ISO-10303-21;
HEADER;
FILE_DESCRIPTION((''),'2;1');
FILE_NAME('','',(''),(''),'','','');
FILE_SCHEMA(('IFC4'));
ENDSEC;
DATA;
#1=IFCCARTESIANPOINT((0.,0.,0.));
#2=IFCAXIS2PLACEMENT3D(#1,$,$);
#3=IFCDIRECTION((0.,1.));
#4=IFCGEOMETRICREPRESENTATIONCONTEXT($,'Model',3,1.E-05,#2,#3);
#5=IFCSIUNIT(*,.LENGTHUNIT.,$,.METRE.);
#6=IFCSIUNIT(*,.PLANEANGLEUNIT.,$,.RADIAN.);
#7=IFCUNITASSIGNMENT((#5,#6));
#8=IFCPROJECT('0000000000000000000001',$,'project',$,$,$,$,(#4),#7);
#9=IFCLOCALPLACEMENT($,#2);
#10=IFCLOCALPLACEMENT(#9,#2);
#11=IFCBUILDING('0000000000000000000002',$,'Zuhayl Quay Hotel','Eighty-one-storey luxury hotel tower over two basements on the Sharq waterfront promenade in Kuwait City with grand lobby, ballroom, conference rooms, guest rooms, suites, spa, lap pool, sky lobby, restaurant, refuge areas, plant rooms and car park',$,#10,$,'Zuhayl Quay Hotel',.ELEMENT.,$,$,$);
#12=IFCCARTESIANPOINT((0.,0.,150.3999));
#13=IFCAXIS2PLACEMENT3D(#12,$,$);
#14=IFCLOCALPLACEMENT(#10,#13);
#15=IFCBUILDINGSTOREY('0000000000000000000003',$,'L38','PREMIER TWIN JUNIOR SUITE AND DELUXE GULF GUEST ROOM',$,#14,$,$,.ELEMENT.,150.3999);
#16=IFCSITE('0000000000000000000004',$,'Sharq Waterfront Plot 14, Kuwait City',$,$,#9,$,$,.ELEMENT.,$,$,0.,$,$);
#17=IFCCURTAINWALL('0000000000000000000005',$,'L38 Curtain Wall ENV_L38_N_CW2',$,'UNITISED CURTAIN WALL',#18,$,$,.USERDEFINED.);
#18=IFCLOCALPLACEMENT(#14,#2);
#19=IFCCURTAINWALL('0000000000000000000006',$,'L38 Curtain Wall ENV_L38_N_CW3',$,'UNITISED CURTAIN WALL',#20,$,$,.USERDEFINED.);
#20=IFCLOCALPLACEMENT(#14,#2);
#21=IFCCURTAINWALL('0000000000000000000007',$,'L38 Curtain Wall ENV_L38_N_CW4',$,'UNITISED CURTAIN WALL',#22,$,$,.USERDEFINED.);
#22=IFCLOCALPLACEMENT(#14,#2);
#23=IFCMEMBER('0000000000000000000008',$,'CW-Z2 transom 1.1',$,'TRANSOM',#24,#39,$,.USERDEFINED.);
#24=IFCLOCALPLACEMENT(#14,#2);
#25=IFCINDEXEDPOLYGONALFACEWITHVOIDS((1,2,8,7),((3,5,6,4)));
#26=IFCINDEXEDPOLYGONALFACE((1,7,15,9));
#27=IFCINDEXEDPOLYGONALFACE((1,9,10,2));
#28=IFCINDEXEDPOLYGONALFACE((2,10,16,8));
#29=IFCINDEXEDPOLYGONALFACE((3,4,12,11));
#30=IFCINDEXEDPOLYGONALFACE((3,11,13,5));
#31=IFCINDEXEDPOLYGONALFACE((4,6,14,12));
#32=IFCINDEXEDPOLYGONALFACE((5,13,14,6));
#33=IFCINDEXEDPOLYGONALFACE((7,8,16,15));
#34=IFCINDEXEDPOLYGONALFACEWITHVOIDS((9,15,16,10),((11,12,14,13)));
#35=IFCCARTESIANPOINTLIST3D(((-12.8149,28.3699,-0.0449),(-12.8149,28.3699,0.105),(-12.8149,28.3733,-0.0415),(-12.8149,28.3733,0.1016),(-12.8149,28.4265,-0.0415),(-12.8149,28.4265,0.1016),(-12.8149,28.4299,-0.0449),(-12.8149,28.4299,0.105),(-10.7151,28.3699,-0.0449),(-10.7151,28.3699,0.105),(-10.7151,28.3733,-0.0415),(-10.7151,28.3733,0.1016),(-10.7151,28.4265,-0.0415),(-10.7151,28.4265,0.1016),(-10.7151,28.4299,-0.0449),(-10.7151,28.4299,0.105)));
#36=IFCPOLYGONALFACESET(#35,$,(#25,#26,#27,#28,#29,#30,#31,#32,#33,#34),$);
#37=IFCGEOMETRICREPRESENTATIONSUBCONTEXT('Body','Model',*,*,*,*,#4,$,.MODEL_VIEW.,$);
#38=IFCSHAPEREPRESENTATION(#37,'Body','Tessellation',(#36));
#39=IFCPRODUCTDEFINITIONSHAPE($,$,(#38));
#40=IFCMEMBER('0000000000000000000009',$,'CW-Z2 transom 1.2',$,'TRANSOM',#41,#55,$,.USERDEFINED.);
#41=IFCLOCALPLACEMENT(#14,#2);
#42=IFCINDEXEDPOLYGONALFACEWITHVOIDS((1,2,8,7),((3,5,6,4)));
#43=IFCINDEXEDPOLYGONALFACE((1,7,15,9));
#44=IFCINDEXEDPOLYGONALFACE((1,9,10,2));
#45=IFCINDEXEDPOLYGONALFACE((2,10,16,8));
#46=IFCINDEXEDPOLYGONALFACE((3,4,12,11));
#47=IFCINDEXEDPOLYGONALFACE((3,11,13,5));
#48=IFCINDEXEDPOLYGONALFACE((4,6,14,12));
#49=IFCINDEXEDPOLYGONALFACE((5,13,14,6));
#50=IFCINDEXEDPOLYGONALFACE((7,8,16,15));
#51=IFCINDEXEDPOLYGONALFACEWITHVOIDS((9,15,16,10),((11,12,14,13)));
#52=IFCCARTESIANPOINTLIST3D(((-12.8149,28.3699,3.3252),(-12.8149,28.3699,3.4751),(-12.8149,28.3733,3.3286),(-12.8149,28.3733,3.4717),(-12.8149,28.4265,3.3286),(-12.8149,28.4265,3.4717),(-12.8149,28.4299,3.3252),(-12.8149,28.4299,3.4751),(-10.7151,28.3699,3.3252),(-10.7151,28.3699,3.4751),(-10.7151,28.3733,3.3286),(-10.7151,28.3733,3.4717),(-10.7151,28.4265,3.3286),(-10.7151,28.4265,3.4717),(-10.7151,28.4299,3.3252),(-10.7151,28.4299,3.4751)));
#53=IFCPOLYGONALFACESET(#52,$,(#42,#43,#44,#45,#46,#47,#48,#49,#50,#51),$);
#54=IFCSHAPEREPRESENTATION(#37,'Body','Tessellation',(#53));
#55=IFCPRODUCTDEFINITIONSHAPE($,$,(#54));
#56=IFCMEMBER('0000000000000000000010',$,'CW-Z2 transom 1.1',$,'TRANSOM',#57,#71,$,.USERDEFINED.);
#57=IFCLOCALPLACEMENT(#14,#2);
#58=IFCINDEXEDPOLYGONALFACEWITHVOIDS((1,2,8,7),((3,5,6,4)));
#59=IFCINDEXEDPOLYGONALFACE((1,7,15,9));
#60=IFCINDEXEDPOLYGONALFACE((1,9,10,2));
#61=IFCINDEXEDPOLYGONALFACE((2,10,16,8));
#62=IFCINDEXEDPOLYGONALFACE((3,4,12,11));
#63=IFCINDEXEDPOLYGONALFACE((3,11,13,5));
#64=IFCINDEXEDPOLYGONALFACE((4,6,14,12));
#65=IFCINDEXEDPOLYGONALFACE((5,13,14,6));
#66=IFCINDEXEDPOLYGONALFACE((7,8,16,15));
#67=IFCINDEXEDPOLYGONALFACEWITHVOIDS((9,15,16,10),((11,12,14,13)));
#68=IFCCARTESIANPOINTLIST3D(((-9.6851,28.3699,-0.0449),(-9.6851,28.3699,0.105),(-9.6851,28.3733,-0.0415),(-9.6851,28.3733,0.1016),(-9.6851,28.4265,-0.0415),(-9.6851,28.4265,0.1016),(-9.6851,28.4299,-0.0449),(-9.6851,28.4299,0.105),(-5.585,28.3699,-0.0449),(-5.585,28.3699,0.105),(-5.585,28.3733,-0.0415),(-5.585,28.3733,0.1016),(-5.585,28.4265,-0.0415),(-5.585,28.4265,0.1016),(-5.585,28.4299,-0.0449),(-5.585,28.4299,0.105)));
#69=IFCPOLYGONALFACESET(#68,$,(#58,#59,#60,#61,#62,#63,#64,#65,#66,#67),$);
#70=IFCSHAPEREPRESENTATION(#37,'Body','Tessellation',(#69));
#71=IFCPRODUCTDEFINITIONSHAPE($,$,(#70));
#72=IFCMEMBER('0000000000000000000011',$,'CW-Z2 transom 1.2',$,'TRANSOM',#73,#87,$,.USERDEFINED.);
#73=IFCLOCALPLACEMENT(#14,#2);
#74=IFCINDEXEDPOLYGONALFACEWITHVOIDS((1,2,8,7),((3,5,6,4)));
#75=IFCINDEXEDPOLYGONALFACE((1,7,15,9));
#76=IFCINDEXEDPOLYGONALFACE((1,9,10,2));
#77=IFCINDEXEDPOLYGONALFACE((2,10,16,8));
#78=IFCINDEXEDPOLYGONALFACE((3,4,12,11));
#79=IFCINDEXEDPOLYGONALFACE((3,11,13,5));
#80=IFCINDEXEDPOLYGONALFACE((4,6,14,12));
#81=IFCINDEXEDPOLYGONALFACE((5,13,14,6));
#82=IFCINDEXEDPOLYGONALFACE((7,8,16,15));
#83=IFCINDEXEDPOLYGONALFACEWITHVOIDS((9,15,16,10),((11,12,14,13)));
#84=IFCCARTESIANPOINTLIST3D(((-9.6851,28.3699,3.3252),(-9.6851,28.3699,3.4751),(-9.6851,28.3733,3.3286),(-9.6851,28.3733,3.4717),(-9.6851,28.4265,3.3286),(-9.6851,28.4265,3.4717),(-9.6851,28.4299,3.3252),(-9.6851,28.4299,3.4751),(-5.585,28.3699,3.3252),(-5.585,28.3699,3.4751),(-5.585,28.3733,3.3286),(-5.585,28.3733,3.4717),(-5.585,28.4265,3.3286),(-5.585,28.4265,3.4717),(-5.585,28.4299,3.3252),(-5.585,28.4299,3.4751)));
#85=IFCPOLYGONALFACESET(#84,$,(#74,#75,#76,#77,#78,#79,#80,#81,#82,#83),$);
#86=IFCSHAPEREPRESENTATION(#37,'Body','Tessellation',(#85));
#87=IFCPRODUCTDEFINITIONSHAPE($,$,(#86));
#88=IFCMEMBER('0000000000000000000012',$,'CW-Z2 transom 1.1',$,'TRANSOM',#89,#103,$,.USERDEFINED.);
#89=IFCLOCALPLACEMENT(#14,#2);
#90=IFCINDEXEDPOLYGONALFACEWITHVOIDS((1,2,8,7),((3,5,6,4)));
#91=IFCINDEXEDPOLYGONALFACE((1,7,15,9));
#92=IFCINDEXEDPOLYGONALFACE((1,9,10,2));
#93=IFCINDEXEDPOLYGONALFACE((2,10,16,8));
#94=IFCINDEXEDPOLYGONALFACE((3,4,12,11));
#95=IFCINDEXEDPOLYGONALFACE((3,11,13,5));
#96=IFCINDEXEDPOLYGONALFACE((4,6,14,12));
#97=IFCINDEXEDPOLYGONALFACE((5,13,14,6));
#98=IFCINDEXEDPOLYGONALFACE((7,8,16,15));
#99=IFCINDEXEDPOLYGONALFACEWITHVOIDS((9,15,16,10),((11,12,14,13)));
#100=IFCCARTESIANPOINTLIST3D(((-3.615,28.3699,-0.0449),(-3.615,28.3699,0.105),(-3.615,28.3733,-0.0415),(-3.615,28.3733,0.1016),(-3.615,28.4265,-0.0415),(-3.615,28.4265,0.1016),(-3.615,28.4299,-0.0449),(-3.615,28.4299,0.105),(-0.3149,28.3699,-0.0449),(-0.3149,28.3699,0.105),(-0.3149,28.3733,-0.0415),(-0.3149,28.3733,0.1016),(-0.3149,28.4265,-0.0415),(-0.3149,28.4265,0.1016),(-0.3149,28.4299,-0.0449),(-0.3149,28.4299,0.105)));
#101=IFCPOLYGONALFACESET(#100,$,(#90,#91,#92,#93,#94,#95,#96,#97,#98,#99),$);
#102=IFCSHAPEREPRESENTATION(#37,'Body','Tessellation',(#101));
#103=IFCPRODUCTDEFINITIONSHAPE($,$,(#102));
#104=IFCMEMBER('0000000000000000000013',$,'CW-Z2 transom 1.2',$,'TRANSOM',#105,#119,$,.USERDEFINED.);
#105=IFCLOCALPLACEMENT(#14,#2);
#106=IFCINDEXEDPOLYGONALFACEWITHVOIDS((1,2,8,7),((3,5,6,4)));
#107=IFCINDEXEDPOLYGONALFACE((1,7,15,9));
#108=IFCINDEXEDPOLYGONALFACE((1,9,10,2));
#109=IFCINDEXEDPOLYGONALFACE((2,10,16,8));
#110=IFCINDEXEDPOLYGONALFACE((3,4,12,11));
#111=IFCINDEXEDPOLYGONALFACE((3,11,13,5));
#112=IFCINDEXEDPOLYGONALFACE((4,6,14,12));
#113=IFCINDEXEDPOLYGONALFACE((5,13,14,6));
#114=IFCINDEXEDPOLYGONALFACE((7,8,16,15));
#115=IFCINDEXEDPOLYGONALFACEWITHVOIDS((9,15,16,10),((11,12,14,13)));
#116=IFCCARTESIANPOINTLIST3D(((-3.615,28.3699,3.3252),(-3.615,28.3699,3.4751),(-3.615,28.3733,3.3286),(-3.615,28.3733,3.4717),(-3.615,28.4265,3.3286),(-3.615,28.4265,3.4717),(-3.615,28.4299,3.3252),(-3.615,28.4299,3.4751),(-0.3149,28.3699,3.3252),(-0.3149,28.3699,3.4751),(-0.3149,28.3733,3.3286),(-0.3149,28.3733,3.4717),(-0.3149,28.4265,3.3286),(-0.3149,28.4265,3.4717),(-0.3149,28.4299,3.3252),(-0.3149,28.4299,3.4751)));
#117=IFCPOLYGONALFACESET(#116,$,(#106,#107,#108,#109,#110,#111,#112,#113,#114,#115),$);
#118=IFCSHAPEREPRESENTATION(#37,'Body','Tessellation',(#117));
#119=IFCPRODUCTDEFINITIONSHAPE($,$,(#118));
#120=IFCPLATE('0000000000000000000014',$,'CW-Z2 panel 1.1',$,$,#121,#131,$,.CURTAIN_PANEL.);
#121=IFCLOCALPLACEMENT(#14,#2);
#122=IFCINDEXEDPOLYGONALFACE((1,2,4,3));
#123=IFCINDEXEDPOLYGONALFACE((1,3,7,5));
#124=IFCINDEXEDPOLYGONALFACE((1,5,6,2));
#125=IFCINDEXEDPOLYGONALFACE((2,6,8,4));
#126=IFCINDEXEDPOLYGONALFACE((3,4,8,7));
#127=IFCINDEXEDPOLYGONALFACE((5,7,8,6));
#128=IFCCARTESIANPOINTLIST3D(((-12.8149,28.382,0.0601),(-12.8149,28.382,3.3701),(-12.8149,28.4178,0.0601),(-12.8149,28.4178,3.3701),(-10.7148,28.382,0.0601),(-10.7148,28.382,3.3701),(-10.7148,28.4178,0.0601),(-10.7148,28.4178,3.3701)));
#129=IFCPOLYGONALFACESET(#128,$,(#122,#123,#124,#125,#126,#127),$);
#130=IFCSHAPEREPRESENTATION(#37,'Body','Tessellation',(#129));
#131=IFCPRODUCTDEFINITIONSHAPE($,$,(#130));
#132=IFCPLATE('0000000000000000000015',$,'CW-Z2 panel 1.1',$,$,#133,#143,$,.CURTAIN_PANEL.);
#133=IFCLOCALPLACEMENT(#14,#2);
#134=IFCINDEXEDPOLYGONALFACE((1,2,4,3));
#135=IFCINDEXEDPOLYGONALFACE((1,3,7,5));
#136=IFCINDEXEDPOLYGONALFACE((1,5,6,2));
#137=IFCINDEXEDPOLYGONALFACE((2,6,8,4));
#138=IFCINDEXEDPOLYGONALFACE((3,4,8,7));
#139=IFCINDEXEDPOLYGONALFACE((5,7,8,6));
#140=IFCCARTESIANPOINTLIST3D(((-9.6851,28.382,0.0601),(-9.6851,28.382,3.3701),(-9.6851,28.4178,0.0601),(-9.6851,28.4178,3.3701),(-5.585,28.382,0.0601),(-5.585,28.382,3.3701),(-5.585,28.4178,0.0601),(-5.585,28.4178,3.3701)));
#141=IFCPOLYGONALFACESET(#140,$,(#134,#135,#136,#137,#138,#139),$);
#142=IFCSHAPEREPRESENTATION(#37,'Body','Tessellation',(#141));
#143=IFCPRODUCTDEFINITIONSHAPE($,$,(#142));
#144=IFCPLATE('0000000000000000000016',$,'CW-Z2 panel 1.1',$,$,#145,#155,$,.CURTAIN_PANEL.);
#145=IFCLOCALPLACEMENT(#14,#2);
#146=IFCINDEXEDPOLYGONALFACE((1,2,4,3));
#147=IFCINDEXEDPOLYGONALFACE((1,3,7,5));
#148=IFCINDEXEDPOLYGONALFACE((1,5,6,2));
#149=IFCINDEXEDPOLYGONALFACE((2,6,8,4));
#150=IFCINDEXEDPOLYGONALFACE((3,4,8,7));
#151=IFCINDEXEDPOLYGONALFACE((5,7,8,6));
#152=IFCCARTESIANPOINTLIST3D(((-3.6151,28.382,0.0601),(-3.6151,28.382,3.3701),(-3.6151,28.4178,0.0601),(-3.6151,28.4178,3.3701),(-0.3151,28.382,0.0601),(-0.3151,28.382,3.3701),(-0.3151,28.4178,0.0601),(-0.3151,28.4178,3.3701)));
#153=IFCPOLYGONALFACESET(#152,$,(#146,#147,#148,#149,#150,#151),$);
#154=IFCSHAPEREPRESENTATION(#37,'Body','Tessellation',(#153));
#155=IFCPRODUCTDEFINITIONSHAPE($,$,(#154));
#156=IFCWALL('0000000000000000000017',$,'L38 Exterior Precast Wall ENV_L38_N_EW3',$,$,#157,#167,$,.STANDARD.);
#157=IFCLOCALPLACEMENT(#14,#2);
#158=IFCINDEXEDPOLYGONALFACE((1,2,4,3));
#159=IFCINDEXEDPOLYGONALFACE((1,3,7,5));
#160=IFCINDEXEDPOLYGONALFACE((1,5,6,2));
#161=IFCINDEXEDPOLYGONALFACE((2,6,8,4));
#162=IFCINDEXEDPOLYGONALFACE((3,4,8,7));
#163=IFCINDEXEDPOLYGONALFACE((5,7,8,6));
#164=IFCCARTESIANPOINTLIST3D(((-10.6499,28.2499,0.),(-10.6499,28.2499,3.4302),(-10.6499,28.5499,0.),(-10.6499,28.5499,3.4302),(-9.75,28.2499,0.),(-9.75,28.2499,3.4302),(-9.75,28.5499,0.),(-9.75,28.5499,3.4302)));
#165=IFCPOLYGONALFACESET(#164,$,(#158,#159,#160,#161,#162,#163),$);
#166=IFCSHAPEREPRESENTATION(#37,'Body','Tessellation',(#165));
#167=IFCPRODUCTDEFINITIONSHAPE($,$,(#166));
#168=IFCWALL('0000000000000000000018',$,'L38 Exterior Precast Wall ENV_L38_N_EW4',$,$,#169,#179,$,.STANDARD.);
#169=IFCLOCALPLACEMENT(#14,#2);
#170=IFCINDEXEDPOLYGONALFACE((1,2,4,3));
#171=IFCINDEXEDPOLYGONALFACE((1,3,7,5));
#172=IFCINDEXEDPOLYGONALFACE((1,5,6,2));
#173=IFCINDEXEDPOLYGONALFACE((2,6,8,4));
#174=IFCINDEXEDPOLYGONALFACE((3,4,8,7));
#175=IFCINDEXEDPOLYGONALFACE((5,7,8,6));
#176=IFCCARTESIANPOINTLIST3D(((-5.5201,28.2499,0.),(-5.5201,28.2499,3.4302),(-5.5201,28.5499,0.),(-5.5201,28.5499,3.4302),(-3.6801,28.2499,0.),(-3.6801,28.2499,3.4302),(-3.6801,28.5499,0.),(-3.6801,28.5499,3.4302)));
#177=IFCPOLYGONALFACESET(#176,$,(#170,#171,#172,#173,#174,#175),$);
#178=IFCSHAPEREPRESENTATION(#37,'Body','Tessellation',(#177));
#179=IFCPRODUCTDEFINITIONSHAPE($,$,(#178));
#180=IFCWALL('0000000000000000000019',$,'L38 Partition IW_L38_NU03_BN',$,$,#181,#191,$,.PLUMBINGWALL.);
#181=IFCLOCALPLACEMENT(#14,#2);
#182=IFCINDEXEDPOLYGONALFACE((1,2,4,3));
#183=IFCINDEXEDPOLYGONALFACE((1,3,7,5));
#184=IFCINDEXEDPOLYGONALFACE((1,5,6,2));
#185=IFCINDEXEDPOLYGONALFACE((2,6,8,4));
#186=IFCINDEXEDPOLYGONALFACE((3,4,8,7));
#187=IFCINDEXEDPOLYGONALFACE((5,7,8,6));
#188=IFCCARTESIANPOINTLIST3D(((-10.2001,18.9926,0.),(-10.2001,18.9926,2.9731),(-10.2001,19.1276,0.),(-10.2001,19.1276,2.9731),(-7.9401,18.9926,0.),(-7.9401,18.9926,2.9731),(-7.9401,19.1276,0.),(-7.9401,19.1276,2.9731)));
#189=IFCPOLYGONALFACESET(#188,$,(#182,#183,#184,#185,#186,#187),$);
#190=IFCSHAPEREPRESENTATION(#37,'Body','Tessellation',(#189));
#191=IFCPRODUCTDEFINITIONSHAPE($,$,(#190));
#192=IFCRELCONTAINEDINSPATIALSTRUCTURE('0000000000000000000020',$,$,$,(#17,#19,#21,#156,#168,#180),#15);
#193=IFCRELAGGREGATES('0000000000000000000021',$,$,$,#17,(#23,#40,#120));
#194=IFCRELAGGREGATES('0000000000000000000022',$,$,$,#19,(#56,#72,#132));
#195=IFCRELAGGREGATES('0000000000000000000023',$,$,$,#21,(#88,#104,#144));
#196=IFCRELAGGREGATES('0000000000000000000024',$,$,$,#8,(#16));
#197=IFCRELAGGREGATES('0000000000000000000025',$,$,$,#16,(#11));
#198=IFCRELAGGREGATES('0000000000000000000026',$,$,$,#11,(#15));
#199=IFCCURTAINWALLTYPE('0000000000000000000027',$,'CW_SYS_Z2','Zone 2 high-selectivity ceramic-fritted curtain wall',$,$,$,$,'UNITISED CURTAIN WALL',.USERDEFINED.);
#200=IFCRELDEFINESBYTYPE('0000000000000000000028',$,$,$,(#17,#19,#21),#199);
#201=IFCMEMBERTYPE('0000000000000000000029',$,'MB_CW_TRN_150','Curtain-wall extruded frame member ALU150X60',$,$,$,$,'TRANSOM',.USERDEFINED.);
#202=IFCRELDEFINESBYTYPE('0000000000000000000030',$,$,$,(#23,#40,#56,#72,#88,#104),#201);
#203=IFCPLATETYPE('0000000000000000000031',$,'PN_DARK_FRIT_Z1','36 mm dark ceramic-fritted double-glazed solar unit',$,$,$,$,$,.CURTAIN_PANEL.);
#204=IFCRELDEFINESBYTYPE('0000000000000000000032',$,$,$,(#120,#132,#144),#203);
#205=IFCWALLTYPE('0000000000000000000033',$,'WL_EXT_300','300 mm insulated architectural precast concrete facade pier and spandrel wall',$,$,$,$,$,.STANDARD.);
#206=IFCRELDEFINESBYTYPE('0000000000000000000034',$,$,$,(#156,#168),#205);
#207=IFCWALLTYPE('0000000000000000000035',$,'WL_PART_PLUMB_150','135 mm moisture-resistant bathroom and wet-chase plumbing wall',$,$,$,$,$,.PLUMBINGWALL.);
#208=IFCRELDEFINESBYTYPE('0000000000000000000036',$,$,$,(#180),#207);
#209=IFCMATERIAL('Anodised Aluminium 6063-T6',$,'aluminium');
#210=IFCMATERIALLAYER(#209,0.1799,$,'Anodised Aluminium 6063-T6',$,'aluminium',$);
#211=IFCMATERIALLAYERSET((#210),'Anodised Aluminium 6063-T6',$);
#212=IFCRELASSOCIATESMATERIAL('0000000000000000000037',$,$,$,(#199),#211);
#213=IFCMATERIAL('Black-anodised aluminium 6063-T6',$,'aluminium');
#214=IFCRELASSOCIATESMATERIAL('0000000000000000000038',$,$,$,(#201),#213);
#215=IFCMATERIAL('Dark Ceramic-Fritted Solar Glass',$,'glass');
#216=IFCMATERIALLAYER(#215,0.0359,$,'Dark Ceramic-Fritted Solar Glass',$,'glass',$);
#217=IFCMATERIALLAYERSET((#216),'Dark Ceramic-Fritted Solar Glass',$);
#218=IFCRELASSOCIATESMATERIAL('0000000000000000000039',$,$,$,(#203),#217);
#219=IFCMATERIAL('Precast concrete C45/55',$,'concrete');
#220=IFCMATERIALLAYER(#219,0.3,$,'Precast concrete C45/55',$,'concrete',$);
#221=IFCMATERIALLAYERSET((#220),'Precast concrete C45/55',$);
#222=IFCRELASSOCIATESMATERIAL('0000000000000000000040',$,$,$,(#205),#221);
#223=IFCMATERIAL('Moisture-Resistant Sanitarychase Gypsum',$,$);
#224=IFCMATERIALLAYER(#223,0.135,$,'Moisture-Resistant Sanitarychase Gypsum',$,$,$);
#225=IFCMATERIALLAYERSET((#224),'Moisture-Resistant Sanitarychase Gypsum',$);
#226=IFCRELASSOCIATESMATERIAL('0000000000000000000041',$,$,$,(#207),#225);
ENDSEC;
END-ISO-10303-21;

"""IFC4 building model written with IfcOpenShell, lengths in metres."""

from ifc_helpers import new_model, si_unit, direction, frame, frame_2d, origin, origin_2d, place, context, subcontext, project, spatial, rectangle, hollow_rectangle, extrude, material, layer, layer_set, material_profile, profile_set, type_object, element, aggregate, save


model = new_model("IFC4")

# Units and contexts
model_context = context("Model", 3, precision=1e-05, world=origin(), true_north=direction((0.0, 1.0)))
body_context = subcontext(model_context, "Body", "Model", "MODEL_VIEW")
ifc_project = project(units=[si_unit("LENGTHUNIT", "METRE"), si_unit("PLANEANGLEUNIT", "RADIAN")], contexts=[model_context])

# Site, building, storey
site_placement = place(None, origin())
site = spatial("IfcSite", under=ifc_project, at=site_placement, Name="Sharq Waterfront Plot 14, Kuwait City", CompositionType="ELEMENT", RefElevation=0.0)
building_placement = place(site_placement, origin())
building = spatial("IfcBuilding", under=site, at=building_placement, Name="Zuhayl Quay Hotel", Description="Eighty-one-storey luxury hotel tower over two basements on the Sharq waterfront promenade in Kuwait City with grand lobby, ballroom, conference rooms, guest rooms, suites, spa, lap pool, sky lobby, restaurant, refuge areas, plant rooms and car park", LongName="Zuhayl Quay Hotel", CompositionType="ELEMENT")
storey_placement = place(building_placement, frame((0.0, 0.0, 150.3999)))
storey = spatial("IfcBuildingStorey", under=building, at=storey_placement, Name="L38", Description="PREMIER TWIN JUNIOR SUITE AND DELUXE GULF GUEST ROOM", CompositionType="ELEMENT", Elevation=150.3999)

# Curtain walls
ifc_material_1 = material(Name="Anodised Aluminium 6063-T6", Category="aluminium")
ifc_layer_1 = layer(ifc_material_1, 0.1799, Name="Anodised Aluminium 6063-T6", Category="aluminium")
ifc_layer_set_1 = layer_set([ifc_layer_1], Name="Anodised Aluminium 6063-T6")
curtain_wall_type = type_object("IfcCurtainWallType", Name="CW_SYS_Z2", Description="Zone 2 high-selectivity ceramic-fritted curtain wall", ElementType="UNITISED CURTAIN WALL", PredefinedType="USERDEFINED", material=ifc_layer_set_1)
curtain_wall_1_placement = place(storey_placement, origin())
curtain_wall_1 = element("IfcCurtainWall", 1, at=curtain_wall_1_placement, inside=storey, type_object=curtain_wall_type, Name="L38 Curtain Wall ENV_L38_N_CW2", ObjectType="UNITISED CURTAIN WALL", PredefinedType="USERDEFINED")
ifc_material_2 = material(Name="Black-anodised aluminium 6063-T6", Category="aluminium")
curtain_wall_2_placement = place(storey_placement, origin())
curtain_wall_2 = element("IfcCurtainWall", 2, at=curtain_wall_2_placement, inside=storey, type_object=curtain_wall_type, Name="L38 Curtain Wall ENV_L38_N_CW3", ObjectType="UNITISED CURTAIN WALL", PredefinedType="USERDEFINED")

# Curtain wall
curtain_wall_3_placement = place(storey_placement, origin())
curtain_wall_3 = element("IfcCurtainWall", 3, at=curtain_wall_3_placement, inside=storey, type_object=curtain_wall_type, Name="L38 Curtain Wall ENV_L38_N_CW4", ObjectType="UNITISED CURTAIN WALL", PredefinedType="USERDEFINED")

# Members
ifc_material_profile_1 = material_profile(ifc_material_2, hollow_rectangle(XDim=0.0601, YDim=0.1499, WallThickness=0.0034, at=origin_2d()), Name="ALU150X60")
ifc_profile_set_1 = profile_set([ifc_material_profile_1], Name="Black-anodised aluminium 6063-T6")
member_type_1 = type_object("IfcMemberType", Name="MB_CW_TRN_150", Description="Curtain-wall extruded frame member ALU150X60", ElementType="TRANSOM", PredefinedType="USERDEFINED", material=ifc_profile_set_1)
member_1_placement = place(storey_placement, frame((-12.8149, 28.3999, 0.03), z_axis=(1.0, 0.0, 0.0), x_axis=(0.0, 1.0, 0.0)))
member_1 = element("IfcMember", 4, at=member_1_placement, type_object=member_type_1, Name="CW-Z2 transom 1.1", ObjectType="TRANSOM", PredefinedType="USERDEFINED", context=body_context, shape_type="SweptSolid", body=[
    extrude(hollow_rectangle(XDim=0.0601, YDim=0.1499, WallThickness=0.0034, at=origin_2d()), origin(), (0.0, 0.0, 1.0), 2.0999),
])
member_2_placement = place(storey_placement, frame((-12.8149, 28.3999, 3.4001), z_axis=(1.0, 0.0, 0.0), x_axis=(0.0, 1.0, 0.0)))
member_2 = element("IfcMember", 5, at=member_2_placement, type_object=member_type_1, Name="CW-Z2 transom 1.2", ObjectType="TRANSOM", PredefinedType="USERDEFINED", context=body_context, shape_type="SweptSolid", body=[
    extrude(hollow_rectangle(XDim=0.0601, YDim=0.1499, WallThickness=0.0034, at=origin_2d()), origin(), (0.0, 0.0, 1.0), 2.0999),
])
member_3_placement = place(storey_placement, frame((-9.6851, 28.3999, 0.03), z_axis=(1.0, 0.0, 0.0), x_axis=(0.0, 1.0, 0.0)))
member_3 = element("IfcMember", 6, at=member_3_placement, type_object=member_type_1, Name="CW-Z2 transom 1.1", ObjectType="TRANSOM", PredefinedType="USERDEFINED", context=body_context, shape_type="SweptSolid", body=[
    extrude(hollow_rectangle(XDim=0.0601, YDim=0.1499, WallThickness=0.0034, at=origin_2d()), origin(), (0.0, 0.0, 1.0), 4.1001),
])
member_4_placement = place(storey_placement, frame((-9.6851, 28.3999, 3.4001), z_axis=(1.0, 0.0, 0.0), x_axis=(0.0, 1.0, 0.0)))
member_4 = element("IfcMember", 7, at=member_4_placement, type_object=member_type_1, Name="CW-Z2 transom 1.2", ObjectType="TRANSOM", PredefinedType="USERDEFINED", context=body_context, shape_type="SweptSolid", body=[
    extrude(hollow_rectangle(XDim=0.0601, YDim=0.1499, WallThickness=0.0034, at=origin_2d()), origin(), (0.0, 0.0, 1.0), 4.1001),
])
member_5_placement = place(storey_placement, frame((-3.615, 28.3999, 0.03), z_axis=(1.0, 0.0, 0.0), x_axis=(0.0, 1.0, 0.0)))
member_5 = element("IfcMember", 8, at=member_5_placement, type_object=member_type_1, Name="CW-Z2 transom 1.1", ObjectType="TRANSOM", PredefinedType="USERDEFINED", context=body_context, shape_type="SweptSolid", body=[
    extrude(hollow_rectangle(XDim=0.0601, YDim=0.1499, WallThickness=0.0034, at=origin_2d()), origin(), (0.0, 0.0, 1.0), 3.3),
])
member_6_placement = place(storey_placement, frame((-3.615, 28.3999, 3.4001), z_axis=(1.0, 0.0, 0.0), x_axis=(0.0, 1.0, 0.0)))
member_6 = element("IfcMember", 9, at=member_6_placement, type_object=member_type_1, Name="CW-Z2 transom 1.2", ObjectType="TRANSOM", PredefinedType="USERDEFINED", context=body_context, shape_type="SweptSolid", body=[
    extrude(hollow_rectangle(XDim=0.0601, YDim=0.1499, WallThickness=0.0034, at=origin_2d()), origin(), (0.0, 0.0, 1.0), 3.3),
])

# Plates
ifc_material_3 = material(Name="Dark Ceramic-Fritted Solar Glass", Category="glass")
ifc_layer_2 = layer(ifc_material_3, 0.0359, Name="Dark Ceramic-Fritted Solar Glass", Category="glass")
ifc_layer_set_2 = layer_set([ifc_layer_2], Name="Dark Ceramic-Fritted Solar Glass")
plate_type = type_object("IfcPlateType", Name="PN_DARK_FRIT_Z1", Description="36 mm dark ceramic-fritted double-glazed solar unit", PredefinedType="CURTAIN_PANEL", material=ifc_layer_set_2)
plate_1_placement = place(storey_placement, frame((-11.7649, 28.3999, 0.0601), z_axis=(0.0, 0.0, 1.0), x_axis=(1.0, 0.0, 0.0)))
plate_1 = element("IfcPlate", 10, at=plate_1_placement, type_object=plate_type, Name="CW-Z2 panel 1.1", PredefinedType="CURTAIN_PANEL", context=body_context, shape_type="SweptSolid", body=[
    extrude(rectangle(XDim=2.1001, YDim=0.0359, at=origin_2d()), origin(), (0.0, 0.0, 1.0), 3.3101),
])
aggregate(curtain_wall_1, [member_1, member_2, plate_1])
plate_2_placement = place(storey_placement, frame((-7.635, 28.3999, 0.0601), z_axis=(0.0, 0.0, 1.0), x_axis=(1.0, 0.0, 0.0)))
plate_2 = element("IfcPlate", 11, at=plate_2_placement, type_object=plate_type, Name="CW-Z2 panel 1.1", PredefinedType="CURTAIN_PANEL", context=body_context, shape_type="SweptSolid", body=[
    extrude(rectangle(XDim=4.1001, YDim=0.0359, at=origin_2d()), origin(), (0.0, 0.0, 1.0), 3.3101),
])
aggregate(curtain_wall_2, [member_3, member_4, plate_2])
plate_3_placement = place(storey_placement, frame((-1.9651, 28.3999, 0.0601), z_axis=(0.0, 0.0, 1.0), x_axis=(1.0, 0.0, 0.0)))
plate_3 = element("IfcPlate", 12, at=plate_3_placement, type_object=plate_type, Name="CW-Z2 panel 1.1", PredefinedType="CURTAIN_PANEL", context=body_context, shape_type="SweptSolid", body=[
    extrude(rectangle(XDim=3.3, YDim=0.0359, at=origin_2d()), origin(), (0.0, 0.0, 1.0), 3.3101),
])
aggregate(curtain_wall_3, [member_5, member_6, plate_3])

# Walls
ifc_material_4 = material(Name="Precast concrete C45/55", Category="concrete")
ifc_layer_3 = layer(ifc_material_4, 0.3, Name="Precast concrete C45/55", Category="concrete")
ifc_layer_set_3 = layer_set([ifc_layer_3], Name="Precast concrete C45/55")
wall_type_1 = type_object("IfcWallType", Name="WL_EXT_300", Description="300 mm insulated architectural precast concrete facade pier and spandrel wall", PredefinedType="STANDARD", material=ifc_layer_set_3)
wall_1_placement = place(storey_placement, frame((-10.6499, 28.3999, 0.0), z_axis=(0.0, 0.0, 1.0), x_axis=(1.0, 0.0, 0.0)))
element("IfcWall", 13, at=wall_1_placement, inside=storey, type_object=wall_type_1, Name="L38 Exterior Precast Wall ENV_L38_N_EW3", PredefinedType="STANDARD", context=body_context, shape_type="SweptSolid", body=[
    extrude(rectangle(XDim=0.8999, YDim=0.3, at=frame_2d((0.45, 0.0))), origin(), (0.0, 0.0, 1.0), 3.4302),
])
wall_2_placement = place(storey_placement, frame((-5.52, 28.3999, 0.0), z_axis=(0.0, 0.0, 1.0), x_axis=(1.0, 0.0, 0.0)))
element("IfcWall", 14, at=wall_2_placement, inside=storey, type_object=wall_type_1, Name="L38 Exterior Precast Wall ENV_L38_N_EW4", PredefinedType="STANDARD", context=body_context, shape_type="SweptSolid", body=[
    extrude(rectangle(XDim=1.8401, YDim=0.3, at=frame_2d((0.9199, 0.0))), origin(), (0.0, 0.0, 1.0), 3.4302),
])
ifc_material_5 = material(Name="Moisture-Resistant Sanitarychase Gypsum")
ifc_layer_4 = layer(ifc_material_5, 0.135, Name="Moisture-Resistant Sanitarychase Gypsum")
ifc_layer_set_4 = layer_set([ifc_layer_4], Name="Moisture-Resistant Sanitarychase Gypsum")
wall_type_2 = type_object("IfcWallType", Name="WL_PART_PLUMB_150", Description="135 mm moisture-resistant bathroom and wet-chase plumbing wall", PredefinedType="PLUMBINGWALL", material=ifc_layer_set_4)
for number, where, z_axis, x_axis, name in (
    (15, (-10.2, 19.0601, 0.0), (0.0, 0.0, 1.0), (1.0, 0.0, 0.0), "L38 Partition IW_L38_NU03_BN"),
):
    element("IfcWall", number, at=place(storey_placement, frame(where, z_axis=z_axis, x_axis=x_axis)), inside=storey, type_object=wall_type_2, Name=name, PredefinedType="PLUMBINGWALL", context=body_context, shape_type="SweptSolid", body=[
        extrude(rectangle(XDim=2.26, YDim=0.135, at=frame_2d((1.1299, 0.0))), origin(), (0.0, 0.0, 1.0), 2.9731),
    ])

save(model, "model.ifc")
